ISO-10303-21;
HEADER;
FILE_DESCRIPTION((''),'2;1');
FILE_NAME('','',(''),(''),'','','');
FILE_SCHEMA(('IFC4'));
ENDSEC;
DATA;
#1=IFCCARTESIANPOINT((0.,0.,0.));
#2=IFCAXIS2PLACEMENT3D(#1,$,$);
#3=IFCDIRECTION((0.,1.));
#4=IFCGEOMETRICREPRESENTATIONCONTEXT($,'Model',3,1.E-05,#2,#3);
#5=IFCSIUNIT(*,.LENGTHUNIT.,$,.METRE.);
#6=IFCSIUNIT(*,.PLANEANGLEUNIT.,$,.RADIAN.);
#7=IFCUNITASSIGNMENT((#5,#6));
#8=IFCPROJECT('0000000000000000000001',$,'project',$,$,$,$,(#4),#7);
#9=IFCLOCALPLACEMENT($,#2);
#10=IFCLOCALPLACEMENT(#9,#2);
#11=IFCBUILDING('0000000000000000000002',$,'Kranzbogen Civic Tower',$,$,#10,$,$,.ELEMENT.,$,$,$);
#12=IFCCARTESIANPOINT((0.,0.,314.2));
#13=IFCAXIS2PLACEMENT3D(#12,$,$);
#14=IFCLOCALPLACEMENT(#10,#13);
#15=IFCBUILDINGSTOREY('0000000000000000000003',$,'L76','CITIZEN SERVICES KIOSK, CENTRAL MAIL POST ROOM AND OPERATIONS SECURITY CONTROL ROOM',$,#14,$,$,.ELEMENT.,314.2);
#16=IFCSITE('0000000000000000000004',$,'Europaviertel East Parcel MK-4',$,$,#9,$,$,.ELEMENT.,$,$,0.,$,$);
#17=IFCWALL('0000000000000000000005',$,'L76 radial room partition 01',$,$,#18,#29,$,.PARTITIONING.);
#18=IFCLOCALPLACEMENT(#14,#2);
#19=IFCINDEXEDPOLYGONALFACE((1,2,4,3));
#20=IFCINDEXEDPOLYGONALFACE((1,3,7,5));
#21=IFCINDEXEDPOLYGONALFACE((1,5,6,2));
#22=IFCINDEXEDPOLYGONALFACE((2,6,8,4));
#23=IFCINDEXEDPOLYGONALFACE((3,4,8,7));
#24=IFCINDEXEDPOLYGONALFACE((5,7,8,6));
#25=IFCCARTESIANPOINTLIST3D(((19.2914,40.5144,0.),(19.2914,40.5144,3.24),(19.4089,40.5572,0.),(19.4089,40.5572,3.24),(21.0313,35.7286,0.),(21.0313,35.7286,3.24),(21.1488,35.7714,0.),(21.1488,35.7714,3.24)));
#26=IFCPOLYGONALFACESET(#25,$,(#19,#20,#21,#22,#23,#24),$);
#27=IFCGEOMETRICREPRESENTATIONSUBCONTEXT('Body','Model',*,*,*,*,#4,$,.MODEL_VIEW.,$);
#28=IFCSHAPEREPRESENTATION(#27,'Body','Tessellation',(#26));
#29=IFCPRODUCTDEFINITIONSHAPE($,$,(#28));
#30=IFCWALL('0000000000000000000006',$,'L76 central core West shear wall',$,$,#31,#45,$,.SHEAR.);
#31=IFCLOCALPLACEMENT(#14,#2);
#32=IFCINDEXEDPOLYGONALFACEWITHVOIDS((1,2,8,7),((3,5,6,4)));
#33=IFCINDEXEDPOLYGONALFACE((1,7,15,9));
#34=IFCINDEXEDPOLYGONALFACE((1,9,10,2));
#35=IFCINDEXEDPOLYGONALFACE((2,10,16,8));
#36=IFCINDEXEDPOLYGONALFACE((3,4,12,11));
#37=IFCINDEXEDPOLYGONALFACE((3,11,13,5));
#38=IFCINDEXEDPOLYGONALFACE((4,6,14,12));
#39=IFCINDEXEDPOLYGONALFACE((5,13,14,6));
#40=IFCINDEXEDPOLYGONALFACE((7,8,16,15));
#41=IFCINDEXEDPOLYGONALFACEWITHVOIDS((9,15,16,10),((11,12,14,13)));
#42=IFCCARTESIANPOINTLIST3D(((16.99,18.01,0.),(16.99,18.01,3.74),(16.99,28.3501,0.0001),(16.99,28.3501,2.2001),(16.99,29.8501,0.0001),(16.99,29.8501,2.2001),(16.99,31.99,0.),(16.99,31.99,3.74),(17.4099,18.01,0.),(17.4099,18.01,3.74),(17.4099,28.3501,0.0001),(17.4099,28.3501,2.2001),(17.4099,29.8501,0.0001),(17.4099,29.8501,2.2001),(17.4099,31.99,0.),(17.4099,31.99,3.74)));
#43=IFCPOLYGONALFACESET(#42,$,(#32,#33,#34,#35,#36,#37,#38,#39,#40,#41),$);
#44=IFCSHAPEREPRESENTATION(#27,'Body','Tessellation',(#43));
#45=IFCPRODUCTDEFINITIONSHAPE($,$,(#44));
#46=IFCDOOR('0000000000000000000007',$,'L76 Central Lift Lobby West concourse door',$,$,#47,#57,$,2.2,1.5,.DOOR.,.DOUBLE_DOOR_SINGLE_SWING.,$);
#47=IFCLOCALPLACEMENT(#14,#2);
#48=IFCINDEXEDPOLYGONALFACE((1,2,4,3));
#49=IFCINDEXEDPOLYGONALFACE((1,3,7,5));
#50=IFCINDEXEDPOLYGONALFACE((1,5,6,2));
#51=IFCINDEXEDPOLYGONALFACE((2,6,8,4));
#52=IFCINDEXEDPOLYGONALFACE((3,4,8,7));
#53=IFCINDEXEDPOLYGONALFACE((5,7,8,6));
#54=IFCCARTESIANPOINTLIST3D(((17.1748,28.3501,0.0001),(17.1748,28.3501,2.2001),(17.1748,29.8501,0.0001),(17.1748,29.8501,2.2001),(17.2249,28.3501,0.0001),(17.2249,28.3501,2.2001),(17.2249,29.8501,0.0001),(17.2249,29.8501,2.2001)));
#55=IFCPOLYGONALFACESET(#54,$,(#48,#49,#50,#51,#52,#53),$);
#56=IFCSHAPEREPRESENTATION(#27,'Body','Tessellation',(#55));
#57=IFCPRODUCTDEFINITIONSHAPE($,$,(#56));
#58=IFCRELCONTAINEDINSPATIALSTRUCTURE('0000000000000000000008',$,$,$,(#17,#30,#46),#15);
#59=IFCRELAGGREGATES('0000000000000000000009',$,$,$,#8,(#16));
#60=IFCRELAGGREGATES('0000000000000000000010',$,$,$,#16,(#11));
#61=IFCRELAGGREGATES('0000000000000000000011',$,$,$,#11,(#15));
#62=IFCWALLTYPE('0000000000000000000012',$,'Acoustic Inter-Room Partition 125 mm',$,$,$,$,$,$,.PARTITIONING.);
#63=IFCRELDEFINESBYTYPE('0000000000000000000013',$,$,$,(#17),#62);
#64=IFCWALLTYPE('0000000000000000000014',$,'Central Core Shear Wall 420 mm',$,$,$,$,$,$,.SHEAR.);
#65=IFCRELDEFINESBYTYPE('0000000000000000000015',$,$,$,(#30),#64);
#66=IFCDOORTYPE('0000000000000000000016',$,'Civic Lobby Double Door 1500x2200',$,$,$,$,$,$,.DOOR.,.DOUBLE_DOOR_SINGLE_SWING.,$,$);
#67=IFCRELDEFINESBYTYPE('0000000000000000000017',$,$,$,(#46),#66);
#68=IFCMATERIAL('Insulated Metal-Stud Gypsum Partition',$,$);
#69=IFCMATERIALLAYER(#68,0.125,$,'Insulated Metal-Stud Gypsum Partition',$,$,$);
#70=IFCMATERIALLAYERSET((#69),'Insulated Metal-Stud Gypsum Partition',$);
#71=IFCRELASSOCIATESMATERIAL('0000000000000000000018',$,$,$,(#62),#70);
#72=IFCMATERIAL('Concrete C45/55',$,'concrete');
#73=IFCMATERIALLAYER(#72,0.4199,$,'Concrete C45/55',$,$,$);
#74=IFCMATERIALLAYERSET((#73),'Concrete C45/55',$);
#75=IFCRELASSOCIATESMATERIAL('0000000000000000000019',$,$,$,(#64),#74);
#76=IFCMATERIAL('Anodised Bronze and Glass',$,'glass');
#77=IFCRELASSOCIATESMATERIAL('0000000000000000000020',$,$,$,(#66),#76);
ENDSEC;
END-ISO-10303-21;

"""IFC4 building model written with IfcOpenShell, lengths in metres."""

from ifc_helpers import new_model, si_unit, direction, frame, frame_2d, origin, place, context, subcontext, project, spatial, rectangle, extrude, material, layer, layer_set, type_object, element, fill, save


model = new_model("IFC4")

# Units and contexts
model_context = context("Model", 3, precision=1e-05, world=origin(), true_north=direction((0.0, 1.0)))
body_context = subcontext(model_context, "Body", "Model", "MODEL_VIEW")
ifc_project = project(units=[si_unit("LENGTHUNIT", "METRE"), si_unit("PLANEANGLEUNIT", "RADIAN")], contexts=[model_context])

# Site, building, storey
site_placement = place(None, origin())
site = spatial("IfcSite", under=ifc_project, at=site_placement, Name="Europaviertel East Parcel MK-4", CompositionType="ELEMENT", RefElevation=0.0)
building_placement = place(site_placement, origin())
building = spatial("IfcBuilding", under=site, at=building_placement, Name="Kranzbogen Civic Tower", CompositionType="ELEMENT")
storey_placement = place(building_placement, frame((0.0, 0.0, 314.2)))
storey = spatial("IfcBuildingStorey", under=building, at=storey_placement, Name="L76", Description="CITIZEN SERVICES KIOSK, CENTRAL MAIL POST ROOM AND OPERATIONS SECURITY CONTROL ROOM", CompositionType="ELEMENT", Elevation=314.2)

# Wall
ifc_material_1 = material(Name="Insulated Metal-Stud Gypsum Partition")
ifc_layer_1 = layer(ifc_material_1, 0.125, Name="Insulated Metal-Stud Gypsum Partition")
ifc_layer_set_1 = layer_set([ifc_layer_1], Name="Insulated Metal-Stud Gypsum Partition")
wall_type_1 = type_object("IfcWallType", Name="Acoustic Inter-Room Partition 125 mm", PredefinedType="PARTITIONING", material=ifc_layer_set_1)
wall_1_placement = place(storey_placement, frame((21.0901, 35.75, 0.0), z_axis=(0.0, 0.0, 1.0), x_axis=(-0.341685, 0.939814, 0.0)))
element("IfcWall", 1, at=wall_1_placement, inside=storey, type_object=wall_type_1, Name="L76 radial room partition 01", PredefinedType="PARTITIONING", context=body_context, shape_type="SweptSolid", body=[
    extrude(rectangle(XDim=5.0923, YDim=0.125, at=frame_2d((2.5461, 0.0))), origin(), (0.0, 0.0, 1.0), 3.24),
])

# Wall, opening, door
ifc_material_2 = material(Name="Concrete C45/55", Category="concrete")
ifc_layer_2 = layer(ifc_material_2, 0.4199, Name="Concrete C45/55")
ifc_layer_set_2 = layer_set([ifc_layer_2], Name="Concrete C45/55")
wall_type_2 = type_object("IfcWallType", Name="Central Core Shear Wall 420 mm", PredefinedType="SHEAR", material=ifc_layer_set_2)
wall_2_placement = place(storey_placement, frame((17.2, 31.99, 0.0), z_axis=(0.0, 0.0, 1.0), x_axis=(0.0, -1.0, 0.0)))
wall_2 = element("IfcWall", 2, at=wall_2_placement, inside=storey, type_object=wall_type_2, Name="L76 central core West shear wall", PredefinedType="SHEAR", context=body_context, shape_type="SweptSolid", body=[
    extrude(rectangle(XDim=13.98, YDim=0.4199, at=frame_2d((6.99, 0.0))), origin(), (0.0, 0.0, 1.0), 3.74),
])
opening_1_placement = place(wall_2_placement, frame((2.1399, 0.0, 0.0)))
opening_1 = element("IfcOpeningElement", 3, at=opening_1_placement, cuts=wall_2, PredefinedType="OPENING", context=body_context, shape_type="SweptSolid", body=[
    extrude(rectangle(XDim=1.5, YDim=2.2, at=frame_2d((0.75, 1.1001))), frame((0.0, 0.22, 0.0), z_axis=(0.0, -1.0, 0.0), x_axis=(1.0, 0.0, 0.0)), (0.0, 0.0, 1.0), 0.4399),
])
ifc_material_3 = material(Name="Anodised Bronze and Glass", Category="glass")
door_type_1 = type_object("IfcDoorType", Name="Civic Lobby Double Door 1500x2200", OperationType="DOUBLE_DOOR_SINGLE_SWING", PredefinedType="DOOR", material=ifc_material_3)
door_1_placement = place(opening_1_placement, origin())
door_1 = element("IfcDoor", 4, at=door_1_placement, inside=storey, type_object=door_type_1, Name="L76 Central Lift Lobby West concourse door", OperationType="DOUBLE_DOOR_SINGLE_SWING", OverallHeight=2.2, OverallWidth=1.5, PredefinedType="DOOR", context=body_context, shape_type="SweptSolid", body=[
    extrude(rectangle(XDim=1.5, YDim=2.2, at=frame_2d((0.75, 1.1001))), frame((0.0, 0.0249, 0.0), z_axis=(0.0, -1.0, 0.0), x_axis=(1.0, 0.0, 0.0)), (0.0, 0.0, 1.0), 0.05),
])
fill(opening_1, door_1)

save(model, "model.ifc")
